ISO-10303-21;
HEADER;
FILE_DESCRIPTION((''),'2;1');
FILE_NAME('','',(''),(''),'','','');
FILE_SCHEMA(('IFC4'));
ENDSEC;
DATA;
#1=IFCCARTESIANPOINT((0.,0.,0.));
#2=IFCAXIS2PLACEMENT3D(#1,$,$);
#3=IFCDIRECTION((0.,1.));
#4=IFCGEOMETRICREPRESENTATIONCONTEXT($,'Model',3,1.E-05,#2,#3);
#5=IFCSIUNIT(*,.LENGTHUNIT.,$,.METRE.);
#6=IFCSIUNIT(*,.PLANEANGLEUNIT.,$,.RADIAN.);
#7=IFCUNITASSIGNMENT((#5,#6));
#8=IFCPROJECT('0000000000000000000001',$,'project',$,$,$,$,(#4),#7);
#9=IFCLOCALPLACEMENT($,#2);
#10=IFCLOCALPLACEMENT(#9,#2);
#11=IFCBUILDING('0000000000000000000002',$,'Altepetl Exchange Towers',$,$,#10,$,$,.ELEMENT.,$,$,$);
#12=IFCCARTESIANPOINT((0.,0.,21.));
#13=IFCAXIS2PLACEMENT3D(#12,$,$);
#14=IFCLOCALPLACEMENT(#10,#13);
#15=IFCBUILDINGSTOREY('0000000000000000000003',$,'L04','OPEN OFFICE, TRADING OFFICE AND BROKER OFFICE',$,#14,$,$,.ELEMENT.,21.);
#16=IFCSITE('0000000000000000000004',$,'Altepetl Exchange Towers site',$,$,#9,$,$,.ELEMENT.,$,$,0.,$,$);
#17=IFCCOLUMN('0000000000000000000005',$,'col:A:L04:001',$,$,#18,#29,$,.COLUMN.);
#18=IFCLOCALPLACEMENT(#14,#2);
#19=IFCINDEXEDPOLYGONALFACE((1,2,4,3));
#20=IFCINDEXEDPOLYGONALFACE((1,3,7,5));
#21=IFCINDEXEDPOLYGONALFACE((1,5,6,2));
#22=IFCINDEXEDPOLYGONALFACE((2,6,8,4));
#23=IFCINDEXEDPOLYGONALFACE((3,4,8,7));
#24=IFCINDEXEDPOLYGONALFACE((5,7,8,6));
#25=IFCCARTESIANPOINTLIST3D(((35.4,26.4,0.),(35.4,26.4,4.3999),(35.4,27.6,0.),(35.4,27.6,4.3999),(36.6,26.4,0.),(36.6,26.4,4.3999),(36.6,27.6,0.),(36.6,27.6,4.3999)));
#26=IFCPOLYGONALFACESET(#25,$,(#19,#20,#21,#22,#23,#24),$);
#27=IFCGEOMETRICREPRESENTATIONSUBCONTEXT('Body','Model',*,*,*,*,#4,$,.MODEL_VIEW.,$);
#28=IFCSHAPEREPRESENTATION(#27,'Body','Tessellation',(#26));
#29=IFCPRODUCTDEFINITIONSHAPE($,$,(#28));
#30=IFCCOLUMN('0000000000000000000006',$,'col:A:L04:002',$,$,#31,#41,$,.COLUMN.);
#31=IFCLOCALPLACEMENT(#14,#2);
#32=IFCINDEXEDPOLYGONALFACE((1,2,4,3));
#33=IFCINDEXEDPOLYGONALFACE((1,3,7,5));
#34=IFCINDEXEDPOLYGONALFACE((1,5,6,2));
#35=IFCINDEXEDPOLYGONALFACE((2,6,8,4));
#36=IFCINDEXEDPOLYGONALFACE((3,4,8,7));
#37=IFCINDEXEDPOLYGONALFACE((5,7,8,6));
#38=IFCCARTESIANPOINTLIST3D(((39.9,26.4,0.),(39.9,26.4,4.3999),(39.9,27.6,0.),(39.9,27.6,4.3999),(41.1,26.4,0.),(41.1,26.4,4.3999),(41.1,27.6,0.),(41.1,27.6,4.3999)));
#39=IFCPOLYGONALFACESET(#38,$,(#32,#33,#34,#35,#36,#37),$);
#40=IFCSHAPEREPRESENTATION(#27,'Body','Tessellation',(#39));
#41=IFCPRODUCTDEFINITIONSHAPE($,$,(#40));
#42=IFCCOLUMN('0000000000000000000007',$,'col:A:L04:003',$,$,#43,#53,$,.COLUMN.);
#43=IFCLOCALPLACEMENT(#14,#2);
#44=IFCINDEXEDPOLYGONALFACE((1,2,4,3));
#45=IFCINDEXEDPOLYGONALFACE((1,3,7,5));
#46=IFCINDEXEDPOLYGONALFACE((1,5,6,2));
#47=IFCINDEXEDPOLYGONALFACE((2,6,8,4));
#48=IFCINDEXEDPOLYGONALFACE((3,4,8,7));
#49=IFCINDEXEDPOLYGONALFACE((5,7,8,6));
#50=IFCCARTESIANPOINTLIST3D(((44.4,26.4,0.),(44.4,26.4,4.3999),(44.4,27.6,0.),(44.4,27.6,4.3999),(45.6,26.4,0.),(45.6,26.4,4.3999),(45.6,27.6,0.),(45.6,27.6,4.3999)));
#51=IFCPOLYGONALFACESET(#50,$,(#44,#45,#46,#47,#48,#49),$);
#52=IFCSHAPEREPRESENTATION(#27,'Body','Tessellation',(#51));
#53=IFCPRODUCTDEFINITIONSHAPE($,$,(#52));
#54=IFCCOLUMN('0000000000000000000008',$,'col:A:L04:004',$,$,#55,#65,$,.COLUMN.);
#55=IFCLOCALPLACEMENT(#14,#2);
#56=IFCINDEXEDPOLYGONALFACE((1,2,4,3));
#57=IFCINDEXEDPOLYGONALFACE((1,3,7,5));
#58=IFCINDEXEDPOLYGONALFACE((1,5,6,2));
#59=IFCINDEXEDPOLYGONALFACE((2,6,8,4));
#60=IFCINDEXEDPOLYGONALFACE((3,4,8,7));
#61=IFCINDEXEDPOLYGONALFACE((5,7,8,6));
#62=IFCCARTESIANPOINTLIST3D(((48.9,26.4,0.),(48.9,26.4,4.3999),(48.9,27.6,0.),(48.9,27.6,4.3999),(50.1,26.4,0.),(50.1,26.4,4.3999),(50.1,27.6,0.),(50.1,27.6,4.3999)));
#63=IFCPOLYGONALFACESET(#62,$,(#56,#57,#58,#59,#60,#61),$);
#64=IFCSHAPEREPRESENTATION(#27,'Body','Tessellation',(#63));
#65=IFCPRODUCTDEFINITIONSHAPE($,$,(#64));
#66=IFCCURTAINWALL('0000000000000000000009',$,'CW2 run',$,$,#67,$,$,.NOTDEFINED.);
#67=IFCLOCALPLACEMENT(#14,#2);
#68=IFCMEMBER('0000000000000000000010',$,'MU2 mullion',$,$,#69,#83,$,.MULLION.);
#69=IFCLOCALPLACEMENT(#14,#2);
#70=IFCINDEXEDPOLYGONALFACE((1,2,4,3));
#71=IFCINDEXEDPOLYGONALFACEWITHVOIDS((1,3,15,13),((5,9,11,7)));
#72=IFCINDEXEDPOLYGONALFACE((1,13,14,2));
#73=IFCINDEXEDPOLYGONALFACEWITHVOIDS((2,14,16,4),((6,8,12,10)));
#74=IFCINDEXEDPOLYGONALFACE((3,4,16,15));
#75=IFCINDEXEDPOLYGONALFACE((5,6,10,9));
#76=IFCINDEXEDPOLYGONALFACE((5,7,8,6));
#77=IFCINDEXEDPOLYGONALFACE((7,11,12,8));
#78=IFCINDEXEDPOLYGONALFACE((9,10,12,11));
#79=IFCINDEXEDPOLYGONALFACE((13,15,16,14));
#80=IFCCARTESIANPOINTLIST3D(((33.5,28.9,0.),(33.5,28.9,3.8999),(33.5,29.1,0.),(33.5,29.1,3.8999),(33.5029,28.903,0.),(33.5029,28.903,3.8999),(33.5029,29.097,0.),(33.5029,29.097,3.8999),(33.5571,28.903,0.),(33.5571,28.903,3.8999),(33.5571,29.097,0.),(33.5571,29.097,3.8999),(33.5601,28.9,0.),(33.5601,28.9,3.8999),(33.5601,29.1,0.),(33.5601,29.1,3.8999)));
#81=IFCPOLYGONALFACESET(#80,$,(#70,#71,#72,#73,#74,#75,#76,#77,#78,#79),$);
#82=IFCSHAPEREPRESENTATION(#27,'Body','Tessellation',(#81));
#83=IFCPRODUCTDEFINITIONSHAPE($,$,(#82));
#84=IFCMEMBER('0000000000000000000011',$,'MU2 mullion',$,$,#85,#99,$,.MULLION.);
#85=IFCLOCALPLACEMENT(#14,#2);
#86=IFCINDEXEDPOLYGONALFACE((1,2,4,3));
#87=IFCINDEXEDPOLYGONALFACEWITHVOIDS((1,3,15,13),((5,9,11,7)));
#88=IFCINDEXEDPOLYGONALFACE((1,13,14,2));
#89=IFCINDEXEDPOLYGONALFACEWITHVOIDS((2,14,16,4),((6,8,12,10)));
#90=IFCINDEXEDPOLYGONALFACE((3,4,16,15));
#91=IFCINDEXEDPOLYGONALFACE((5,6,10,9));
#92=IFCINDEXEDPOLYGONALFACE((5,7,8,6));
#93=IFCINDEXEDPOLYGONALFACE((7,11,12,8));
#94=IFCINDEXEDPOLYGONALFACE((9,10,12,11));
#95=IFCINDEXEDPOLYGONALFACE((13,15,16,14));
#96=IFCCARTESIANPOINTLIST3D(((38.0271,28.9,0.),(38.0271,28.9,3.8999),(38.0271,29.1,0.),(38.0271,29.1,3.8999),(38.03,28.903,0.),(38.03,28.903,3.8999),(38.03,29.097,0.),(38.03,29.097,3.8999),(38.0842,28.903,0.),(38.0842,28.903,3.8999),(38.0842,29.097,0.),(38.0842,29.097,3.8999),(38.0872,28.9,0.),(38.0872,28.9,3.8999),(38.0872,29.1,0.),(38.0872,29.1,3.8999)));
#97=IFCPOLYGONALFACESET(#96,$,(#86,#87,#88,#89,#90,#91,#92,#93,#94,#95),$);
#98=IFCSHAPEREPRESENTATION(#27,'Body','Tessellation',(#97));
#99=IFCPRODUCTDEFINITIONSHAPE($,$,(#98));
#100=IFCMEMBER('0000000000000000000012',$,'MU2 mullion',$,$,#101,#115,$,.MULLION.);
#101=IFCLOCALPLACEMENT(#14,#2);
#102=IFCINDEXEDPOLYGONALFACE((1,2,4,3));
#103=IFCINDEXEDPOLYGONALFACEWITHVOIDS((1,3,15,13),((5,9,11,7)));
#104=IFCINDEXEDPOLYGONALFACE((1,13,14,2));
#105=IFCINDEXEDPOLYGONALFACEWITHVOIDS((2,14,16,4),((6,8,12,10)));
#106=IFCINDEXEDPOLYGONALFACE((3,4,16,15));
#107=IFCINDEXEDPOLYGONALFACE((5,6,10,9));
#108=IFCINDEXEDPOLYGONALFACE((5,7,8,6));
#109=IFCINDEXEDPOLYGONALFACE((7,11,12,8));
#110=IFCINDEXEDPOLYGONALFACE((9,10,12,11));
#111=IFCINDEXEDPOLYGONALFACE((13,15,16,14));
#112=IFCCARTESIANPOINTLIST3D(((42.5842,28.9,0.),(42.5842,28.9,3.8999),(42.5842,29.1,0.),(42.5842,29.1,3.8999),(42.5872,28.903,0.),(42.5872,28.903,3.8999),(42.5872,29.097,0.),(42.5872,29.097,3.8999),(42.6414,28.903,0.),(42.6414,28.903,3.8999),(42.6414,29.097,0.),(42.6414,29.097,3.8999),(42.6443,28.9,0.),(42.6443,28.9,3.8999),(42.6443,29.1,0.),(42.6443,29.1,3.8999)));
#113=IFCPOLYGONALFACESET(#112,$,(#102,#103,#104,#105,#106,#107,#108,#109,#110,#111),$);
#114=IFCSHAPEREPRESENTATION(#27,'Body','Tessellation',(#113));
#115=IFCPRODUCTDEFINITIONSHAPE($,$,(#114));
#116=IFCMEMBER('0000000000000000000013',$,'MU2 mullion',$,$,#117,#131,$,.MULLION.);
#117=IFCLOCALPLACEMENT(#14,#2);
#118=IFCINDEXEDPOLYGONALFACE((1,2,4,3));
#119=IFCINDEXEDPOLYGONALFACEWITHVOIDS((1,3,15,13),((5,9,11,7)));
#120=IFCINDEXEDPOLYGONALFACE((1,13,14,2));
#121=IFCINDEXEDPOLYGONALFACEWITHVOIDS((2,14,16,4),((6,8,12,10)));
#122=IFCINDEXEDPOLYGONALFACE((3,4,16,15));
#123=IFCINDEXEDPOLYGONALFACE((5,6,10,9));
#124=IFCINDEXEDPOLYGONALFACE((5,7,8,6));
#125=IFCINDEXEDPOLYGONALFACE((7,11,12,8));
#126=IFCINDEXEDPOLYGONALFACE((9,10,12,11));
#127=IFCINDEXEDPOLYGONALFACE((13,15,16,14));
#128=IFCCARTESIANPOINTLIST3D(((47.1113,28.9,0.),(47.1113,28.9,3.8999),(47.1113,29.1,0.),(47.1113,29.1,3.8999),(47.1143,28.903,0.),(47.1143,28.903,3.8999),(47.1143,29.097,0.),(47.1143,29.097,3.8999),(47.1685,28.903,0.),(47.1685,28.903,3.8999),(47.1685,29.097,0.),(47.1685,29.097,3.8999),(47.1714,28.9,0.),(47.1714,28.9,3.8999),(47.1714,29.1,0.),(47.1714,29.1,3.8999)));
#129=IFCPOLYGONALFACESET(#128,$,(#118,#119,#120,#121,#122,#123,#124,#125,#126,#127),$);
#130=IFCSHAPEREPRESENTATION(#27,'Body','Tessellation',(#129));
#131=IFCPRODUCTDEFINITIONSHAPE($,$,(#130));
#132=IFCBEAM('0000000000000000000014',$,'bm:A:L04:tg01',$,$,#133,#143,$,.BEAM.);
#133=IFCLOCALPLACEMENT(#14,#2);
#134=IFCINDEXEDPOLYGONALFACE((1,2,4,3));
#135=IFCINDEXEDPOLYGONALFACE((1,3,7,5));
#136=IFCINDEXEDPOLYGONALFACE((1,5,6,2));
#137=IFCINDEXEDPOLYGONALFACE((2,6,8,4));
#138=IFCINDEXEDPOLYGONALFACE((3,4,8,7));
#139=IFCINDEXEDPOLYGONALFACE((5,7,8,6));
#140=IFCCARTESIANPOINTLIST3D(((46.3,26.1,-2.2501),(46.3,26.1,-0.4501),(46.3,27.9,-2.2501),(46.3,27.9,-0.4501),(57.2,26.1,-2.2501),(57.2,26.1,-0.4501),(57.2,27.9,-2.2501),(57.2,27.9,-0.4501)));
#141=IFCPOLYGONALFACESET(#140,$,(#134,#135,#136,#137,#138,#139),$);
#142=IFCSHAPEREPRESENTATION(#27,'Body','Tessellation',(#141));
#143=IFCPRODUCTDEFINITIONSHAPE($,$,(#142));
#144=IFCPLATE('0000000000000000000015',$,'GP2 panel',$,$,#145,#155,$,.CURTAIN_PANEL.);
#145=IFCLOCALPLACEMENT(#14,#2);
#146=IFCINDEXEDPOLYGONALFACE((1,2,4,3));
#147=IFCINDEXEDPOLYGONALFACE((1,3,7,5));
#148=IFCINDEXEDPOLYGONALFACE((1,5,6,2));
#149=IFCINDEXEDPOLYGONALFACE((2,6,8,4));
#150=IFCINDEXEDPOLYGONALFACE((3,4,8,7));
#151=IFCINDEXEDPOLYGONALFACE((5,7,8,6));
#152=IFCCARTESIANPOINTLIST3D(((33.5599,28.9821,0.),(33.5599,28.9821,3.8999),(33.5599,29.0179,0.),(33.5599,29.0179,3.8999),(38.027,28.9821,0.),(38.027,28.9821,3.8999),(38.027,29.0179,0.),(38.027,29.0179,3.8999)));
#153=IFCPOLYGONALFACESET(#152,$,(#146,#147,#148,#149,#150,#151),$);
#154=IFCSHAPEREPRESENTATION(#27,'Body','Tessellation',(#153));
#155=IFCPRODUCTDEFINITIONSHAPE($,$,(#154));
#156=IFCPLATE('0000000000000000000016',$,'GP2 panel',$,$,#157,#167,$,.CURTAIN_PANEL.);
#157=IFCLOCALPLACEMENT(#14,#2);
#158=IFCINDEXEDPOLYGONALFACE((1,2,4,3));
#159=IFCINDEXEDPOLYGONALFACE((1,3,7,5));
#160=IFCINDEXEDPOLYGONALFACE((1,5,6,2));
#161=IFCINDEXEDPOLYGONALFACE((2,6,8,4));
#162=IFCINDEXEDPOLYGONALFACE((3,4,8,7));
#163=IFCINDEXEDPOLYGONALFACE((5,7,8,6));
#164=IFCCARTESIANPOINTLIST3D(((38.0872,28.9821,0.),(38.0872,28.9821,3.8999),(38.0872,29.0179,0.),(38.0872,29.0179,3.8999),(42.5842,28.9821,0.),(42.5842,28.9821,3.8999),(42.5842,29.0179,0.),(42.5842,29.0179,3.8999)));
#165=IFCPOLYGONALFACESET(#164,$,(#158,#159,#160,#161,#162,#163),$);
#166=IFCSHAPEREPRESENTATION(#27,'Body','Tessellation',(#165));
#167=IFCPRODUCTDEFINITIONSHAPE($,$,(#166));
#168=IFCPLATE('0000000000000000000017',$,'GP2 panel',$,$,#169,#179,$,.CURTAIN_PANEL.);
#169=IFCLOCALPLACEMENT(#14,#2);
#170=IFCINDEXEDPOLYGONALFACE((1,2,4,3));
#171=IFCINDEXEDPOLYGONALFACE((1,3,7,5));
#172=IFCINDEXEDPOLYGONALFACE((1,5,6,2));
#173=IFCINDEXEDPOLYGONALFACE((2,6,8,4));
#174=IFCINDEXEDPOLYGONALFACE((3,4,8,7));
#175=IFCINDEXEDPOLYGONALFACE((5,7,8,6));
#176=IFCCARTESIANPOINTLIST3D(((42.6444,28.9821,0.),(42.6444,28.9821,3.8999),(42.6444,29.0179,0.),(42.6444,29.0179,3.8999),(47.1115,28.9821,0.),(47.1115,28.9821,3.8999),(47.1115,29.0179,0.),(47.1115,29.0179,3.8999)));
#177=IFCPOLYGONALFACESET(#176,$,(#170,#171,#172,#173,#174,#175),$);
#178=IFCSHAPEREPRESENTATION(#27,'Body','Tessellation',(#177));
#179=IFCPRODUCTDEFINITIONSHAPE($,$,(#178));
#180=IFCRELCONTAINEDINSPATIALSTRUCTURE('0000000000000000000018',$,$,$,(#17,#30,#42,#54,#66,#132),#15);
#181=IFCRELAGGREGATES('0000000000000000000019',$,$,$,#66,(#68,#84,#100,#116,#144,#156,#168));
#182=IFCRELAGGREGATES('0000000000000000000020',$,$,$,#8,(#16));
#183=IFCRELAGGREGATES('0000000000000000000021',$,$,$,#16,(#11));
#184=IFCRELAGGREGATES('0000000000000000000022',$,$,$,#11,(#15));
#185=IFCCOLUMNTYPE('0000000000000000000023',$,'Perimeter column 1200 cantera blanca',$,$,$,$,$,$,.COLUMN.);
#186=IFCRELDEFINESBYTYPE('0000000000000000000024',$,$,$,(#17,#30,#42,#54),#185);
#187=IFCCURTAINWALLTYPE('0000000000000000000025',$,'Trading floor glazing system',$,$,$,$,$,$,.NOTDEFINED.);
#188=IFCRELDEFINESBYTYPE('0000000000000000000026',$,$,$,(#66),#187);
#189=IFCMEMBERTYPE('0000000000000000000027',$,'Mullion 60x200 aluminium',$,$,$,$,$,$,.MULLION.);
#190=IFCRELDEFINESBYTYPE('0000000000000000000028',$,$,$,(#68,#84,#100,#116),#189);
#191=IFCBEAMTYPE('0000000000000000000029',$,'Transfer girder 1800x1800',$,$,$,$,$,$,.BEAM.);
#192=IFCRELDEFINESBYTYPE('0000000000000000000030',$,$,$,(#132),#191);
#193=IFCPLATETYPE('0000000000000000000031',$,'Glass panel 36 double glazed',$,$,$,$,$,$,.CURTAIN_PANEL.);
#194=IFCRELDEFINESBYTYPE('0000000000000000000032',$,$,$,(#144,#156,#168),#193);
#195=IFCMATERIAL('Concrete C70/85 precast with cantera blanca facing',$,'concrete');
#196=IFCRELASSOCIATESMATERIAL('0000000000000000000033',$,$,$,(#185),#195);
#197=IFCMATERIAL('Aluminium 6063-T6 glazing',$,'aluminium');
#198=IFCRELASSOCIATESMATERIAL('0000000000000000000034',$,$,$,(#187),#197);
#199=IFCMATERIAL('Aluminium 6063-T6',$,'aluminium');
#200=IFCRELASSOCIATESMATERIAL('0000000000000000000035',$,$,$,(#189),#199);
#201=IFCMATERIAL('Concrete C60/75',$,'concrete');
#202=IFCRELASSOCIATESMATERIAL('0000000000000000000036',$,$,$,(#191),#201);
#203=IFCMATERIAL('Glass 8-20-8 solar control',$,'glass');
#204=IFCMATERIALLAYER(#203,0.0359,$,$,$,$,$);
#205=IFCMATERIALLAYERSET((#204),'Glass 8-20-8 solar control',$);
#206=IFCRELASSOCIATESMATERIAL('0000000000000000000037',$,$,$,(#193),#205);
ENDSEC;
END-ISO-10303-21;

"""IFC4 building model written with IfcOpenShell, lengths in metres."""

from ifc_helpers import new_model, si_unit, direction, frame, origin, origin_2d, place, context, subcontext, project, spatial, rectangle, hollow_rectangle, extrude, material, layer, layer_set, material_profile, profile_set, type_object, element, aggregate, save


model = new_model("IFC4")

# Units and contexts
model_context = context("Model", 3, precision=1e-05, world=origin(), true_north=direction((0.0, 1.0)))
body_context = subcontext(model_context, "Body", "Model", "MODEL_VIEW")
ifc_project = project(units=[si_unit("LENGTHUNIT", "METRE"), si_unit("PLANEANGLEUNIT", "RADIAN")], contexts=[model_context])

# Site, building, storey
site_placement = place(None, origin())
site = spatial("IfcSite", under=ifc_project, at=site_placement, Name="Altepetl Exchange Towers site", CompositionType="ELEMENT", RefElevation=0.0)
building_placement = place(site_placement, origin())
building = spatial("IfcBuilding", under=site, at=building_placement, Name="Altepetl Exchange Towers", CompositionType="ELEMENT")
storey_placement = place(building_placement, frame((0.0, 0.0, 21.0)))
storey = spatial("IfcBuildingStorey", under=building, at=storey_placement, Name="L04", Description="OPEN OFFICE, TRADING OFFICE AND BROKER OFFICE", CompositionType="ELEMENT", Elevation=21.0)

# Columns
ifc_material_1 = material(Name="Concrete C70/85 precast with cantera blanca facing", Category="concrete")
ifc_material_profile_1 = material_profile(ifc_material_1, rectangle(XDim=1.2, YDim=1.2, at=origin_2d()), Name="1200 x 1200")
ifc_profile_set_1 = profile_set([ifc_material_profile_1], Name="Concrete C70/85 precast with cantera blanca facing")
column_type = type_object("IfcColumnType", Name="Perimeter column 1200 cantera blanca", PredefinedType="COLUMN", material=ifc_profile_set_1)
for number, where, name in (
    (1, (36.0, 27.0, 0.0), "col:A:L04:001"),
    (2, (40.5, 27.0, 0.0), "col:A:L04:002"),
    (3, (45.0, 27.0, 0.0), "col:A:L04:003"),
    (4, (49.5, 27.0, 0.0), "col:A:L04:004"),
):
    element("IfcColumn", number, at=place(storey_placement, frame(where)), inside=storey, type_object=column_type, Name=name, PredefinedType="COLUMN", context=body_context, shape_type="SweptSolid", body=[
        extrude(rectangle(XDim=1.2, YDim=1.2, at=origin_2d()), origin(), (0.0, 0.0, 1.0), 4.3999),
    ])

# Curtain wall, members
ifc_material_2 = material(Name="Aluminium 6063-T6 glazing", Category="aluminium")
curtain_wall_type = type_object("IfcCurtainWallType", Name="Trading floor glazing system", PredefinedType="NOTDEFINED", material=ifc_material_2)
curtain_wall_placement = place(storey_placement, origin())
curtain_wall = element("IfcCurtainWall", 5, at=curtain_wall_placement, inside=storey, type_object=curtain_wall_type, Name="CW2 run", PredefinedType="NOTDEFINED")
ifc_material_3 = material(Name="Aluminium 6063-T6", Category="aluminium")
ifc_material_profile_2 = material_profile(ifc_material_3, hollow_rectangle(XDim=0.0601, YDim=0.2, WallThickness=0.0029, at=origin_2d()), Name="Mullion 60x200 aluminium")
ifc_profile_set_2 = profile_set([ifc_material_profile_2], Name="Aluminium 6063-T6")
member_type = type_object("IfcMemberType", Name="Mullion 60x200 aluminium", PredefinedType="MULLION", material=ifc_profile_set_2)
member_1_placement = place(storey_placement, frame((33.53, 29.0, 0.0)))
member_1 = element("IfcMember", 6, at=member_1_placement, type_object=member_type, Name="MU2 mullion", PredefinedType="MULLION", context=body_context, shape_type="SweptSolid", body=[
    extrude(hollow_rectangle(XDim=0.0601, YDim=0.2, WallThickness=0.0029, at=origin_2d()), origin(), (0.0, 0.0, 1.0), 3.8999),
])
member_2_placement = place(storey_placement, frame((38.0571, 29.0, 0.0)))
member_2 = element("IfcMember", 7, at=member_2_placement, type_object=member_type, Name="MU2 mullion", PredefinedType="MULLION", context=body_context, shape_type="SweptSolid", body=[
    extrude(hollow_rectangle(XDim=0.0601, YDim=0.2, WallThickness=0.0029, at=origin_2d()), origin(), (0.0, 0.0, 1.0), 3.8999),
])
member_3_placement = place(storey_placement, frame((42.6143, 29.0, 0.0)))
member_3 = element("IfcMember", 8, at=member_3_placement, type_object=member_type, Name="MU2 mullion", PredefinedType="MULLION", context=body_context, shape_type="SweptSolid", body=[
    extrude(hollow_rectangle(XDim=0.0601, YDim=0.2, WallThickness=0.0029, at=origin_2d()), origin(), (0.0, 0.0, 1.0), 3.8999),
])
member_4_placement = place(storey_placement, frame((47.1414, 29.0, 0.0)))
member_4 = element("IfcMember", 9, at=member_4_placement, type_object=member_type, Name="MU2 mullion", PredefinedType="MULLION", context=body_context, shape_type="SweptSolid", body=[
    extrude(hollow_rectangle(XDim=0.0601, YDim=0.2, WallThickness=0.0029, at=origin_2d()), origin(), (0.0, 0.0, 1.0), 3.8999),
])

# Beam
ifc_material_4 = material(Name="Concrete C60/75", Category="concrete")
ifc_material_profile_3 = material_profile(ifc_material_4, rectangle(XDim=1.8, YDim=1.8, at=origin_2d()), Name="1800 x 1800")
ifc_profile_set_3 = profile_set([ifc_material_profile_3], Name="Concrete C60/75")
beam_type = type_object("IfcBeamType", Name="Transfer girder 1800x1800", PredefinedType="BEAM", material=ifc_profile_set_3)
beam_placement = place(storey_placement, frame((46.3, 27.0, -1.3501), z_axis=(1.0, 0.0, 0.0), x_axis=(0.0, 1.0, 0.0)))
element("IfcBeam", 10, at=beam_placement, inside=storey, type_object=beam_type, Name="bm:A:L04:tg01", PredefinedType="BEAM", context=body_context, shape_type="SweptSolid", body=[
    extrude(rectangle(XDim=1.8, YDim=1.8, at=origin_2d()), origin(), (0.0, 0.0, 1.0), 10.8999),
])

# Plates
ifc_material_5 = material(Name="Glass 8-20-8 solar control", Category="glass")
ifc_layer_1 = layer(ifc_material_5, 0.0359)
ifc_layer_set_1 = layer_set([ifc_layer_1], Name="Glass 8-20-8 solar control")
plate_type = type_object("IfcPlateType", Name="Glass panel 36 double glazed", PredefinedType="CURTAIN_PANEL", material=ifc_layer_set_1)
plate_1_placement = place(storey_placement, frame((35.7935, 29.0, 0.0)))
plate_1 = element("IfcPlate", 11, at=plate_1_placement, type_object=plate_type, Name="GP2 panel", PredefinedType="CURTAIN_PANEL", context=body_context, shape_type="SweptSolid", body=[
    extrude(rectangle(XDim=4.467, YDim=0.0359, at=origin_2d()), origin(), (0.0, 0.0, 1.0), 3.8999),
])
plate_2_placement = place(storey_placement, frame((40.3357, 29.0, 0.0)))
plate_2 = element("IfcPlate", 12, at=plate_2_placement, type_object=plate_type, Name="GP2 panel", PredefinedType="CURTAIN_PANEL", context=body_context, shape_type="SweptSolid", body=[
    extrude(rectangle(XDim=4.4971, YDim=0.0359, at=origin_2d()), origin(), (0.0, 0.0, 1.0), 3.8999),
])
plate_3_placement = place(storey_placement, frame((44.8779, 29.0, 0.0)))
plate_3 = element("IfcPlate", 13, at=plate_3_placement, type_object=plate_type, Name="GP2 panel", PredefinedType="CURTAIN_PANEL", context=body_context, shape_type="SweptSolid", body=[
    extrude(rectangle(XDim=4.467, YDim=0.0359, at=origin_2d()), origin(), (0.0, 0.0, 1.0), 3.8999),
])
aggregate(curtain_wall, [member_1, member_2, member_3, member_4, plate_1, plate_2, plate_3])

save(model, "model.ifc")
